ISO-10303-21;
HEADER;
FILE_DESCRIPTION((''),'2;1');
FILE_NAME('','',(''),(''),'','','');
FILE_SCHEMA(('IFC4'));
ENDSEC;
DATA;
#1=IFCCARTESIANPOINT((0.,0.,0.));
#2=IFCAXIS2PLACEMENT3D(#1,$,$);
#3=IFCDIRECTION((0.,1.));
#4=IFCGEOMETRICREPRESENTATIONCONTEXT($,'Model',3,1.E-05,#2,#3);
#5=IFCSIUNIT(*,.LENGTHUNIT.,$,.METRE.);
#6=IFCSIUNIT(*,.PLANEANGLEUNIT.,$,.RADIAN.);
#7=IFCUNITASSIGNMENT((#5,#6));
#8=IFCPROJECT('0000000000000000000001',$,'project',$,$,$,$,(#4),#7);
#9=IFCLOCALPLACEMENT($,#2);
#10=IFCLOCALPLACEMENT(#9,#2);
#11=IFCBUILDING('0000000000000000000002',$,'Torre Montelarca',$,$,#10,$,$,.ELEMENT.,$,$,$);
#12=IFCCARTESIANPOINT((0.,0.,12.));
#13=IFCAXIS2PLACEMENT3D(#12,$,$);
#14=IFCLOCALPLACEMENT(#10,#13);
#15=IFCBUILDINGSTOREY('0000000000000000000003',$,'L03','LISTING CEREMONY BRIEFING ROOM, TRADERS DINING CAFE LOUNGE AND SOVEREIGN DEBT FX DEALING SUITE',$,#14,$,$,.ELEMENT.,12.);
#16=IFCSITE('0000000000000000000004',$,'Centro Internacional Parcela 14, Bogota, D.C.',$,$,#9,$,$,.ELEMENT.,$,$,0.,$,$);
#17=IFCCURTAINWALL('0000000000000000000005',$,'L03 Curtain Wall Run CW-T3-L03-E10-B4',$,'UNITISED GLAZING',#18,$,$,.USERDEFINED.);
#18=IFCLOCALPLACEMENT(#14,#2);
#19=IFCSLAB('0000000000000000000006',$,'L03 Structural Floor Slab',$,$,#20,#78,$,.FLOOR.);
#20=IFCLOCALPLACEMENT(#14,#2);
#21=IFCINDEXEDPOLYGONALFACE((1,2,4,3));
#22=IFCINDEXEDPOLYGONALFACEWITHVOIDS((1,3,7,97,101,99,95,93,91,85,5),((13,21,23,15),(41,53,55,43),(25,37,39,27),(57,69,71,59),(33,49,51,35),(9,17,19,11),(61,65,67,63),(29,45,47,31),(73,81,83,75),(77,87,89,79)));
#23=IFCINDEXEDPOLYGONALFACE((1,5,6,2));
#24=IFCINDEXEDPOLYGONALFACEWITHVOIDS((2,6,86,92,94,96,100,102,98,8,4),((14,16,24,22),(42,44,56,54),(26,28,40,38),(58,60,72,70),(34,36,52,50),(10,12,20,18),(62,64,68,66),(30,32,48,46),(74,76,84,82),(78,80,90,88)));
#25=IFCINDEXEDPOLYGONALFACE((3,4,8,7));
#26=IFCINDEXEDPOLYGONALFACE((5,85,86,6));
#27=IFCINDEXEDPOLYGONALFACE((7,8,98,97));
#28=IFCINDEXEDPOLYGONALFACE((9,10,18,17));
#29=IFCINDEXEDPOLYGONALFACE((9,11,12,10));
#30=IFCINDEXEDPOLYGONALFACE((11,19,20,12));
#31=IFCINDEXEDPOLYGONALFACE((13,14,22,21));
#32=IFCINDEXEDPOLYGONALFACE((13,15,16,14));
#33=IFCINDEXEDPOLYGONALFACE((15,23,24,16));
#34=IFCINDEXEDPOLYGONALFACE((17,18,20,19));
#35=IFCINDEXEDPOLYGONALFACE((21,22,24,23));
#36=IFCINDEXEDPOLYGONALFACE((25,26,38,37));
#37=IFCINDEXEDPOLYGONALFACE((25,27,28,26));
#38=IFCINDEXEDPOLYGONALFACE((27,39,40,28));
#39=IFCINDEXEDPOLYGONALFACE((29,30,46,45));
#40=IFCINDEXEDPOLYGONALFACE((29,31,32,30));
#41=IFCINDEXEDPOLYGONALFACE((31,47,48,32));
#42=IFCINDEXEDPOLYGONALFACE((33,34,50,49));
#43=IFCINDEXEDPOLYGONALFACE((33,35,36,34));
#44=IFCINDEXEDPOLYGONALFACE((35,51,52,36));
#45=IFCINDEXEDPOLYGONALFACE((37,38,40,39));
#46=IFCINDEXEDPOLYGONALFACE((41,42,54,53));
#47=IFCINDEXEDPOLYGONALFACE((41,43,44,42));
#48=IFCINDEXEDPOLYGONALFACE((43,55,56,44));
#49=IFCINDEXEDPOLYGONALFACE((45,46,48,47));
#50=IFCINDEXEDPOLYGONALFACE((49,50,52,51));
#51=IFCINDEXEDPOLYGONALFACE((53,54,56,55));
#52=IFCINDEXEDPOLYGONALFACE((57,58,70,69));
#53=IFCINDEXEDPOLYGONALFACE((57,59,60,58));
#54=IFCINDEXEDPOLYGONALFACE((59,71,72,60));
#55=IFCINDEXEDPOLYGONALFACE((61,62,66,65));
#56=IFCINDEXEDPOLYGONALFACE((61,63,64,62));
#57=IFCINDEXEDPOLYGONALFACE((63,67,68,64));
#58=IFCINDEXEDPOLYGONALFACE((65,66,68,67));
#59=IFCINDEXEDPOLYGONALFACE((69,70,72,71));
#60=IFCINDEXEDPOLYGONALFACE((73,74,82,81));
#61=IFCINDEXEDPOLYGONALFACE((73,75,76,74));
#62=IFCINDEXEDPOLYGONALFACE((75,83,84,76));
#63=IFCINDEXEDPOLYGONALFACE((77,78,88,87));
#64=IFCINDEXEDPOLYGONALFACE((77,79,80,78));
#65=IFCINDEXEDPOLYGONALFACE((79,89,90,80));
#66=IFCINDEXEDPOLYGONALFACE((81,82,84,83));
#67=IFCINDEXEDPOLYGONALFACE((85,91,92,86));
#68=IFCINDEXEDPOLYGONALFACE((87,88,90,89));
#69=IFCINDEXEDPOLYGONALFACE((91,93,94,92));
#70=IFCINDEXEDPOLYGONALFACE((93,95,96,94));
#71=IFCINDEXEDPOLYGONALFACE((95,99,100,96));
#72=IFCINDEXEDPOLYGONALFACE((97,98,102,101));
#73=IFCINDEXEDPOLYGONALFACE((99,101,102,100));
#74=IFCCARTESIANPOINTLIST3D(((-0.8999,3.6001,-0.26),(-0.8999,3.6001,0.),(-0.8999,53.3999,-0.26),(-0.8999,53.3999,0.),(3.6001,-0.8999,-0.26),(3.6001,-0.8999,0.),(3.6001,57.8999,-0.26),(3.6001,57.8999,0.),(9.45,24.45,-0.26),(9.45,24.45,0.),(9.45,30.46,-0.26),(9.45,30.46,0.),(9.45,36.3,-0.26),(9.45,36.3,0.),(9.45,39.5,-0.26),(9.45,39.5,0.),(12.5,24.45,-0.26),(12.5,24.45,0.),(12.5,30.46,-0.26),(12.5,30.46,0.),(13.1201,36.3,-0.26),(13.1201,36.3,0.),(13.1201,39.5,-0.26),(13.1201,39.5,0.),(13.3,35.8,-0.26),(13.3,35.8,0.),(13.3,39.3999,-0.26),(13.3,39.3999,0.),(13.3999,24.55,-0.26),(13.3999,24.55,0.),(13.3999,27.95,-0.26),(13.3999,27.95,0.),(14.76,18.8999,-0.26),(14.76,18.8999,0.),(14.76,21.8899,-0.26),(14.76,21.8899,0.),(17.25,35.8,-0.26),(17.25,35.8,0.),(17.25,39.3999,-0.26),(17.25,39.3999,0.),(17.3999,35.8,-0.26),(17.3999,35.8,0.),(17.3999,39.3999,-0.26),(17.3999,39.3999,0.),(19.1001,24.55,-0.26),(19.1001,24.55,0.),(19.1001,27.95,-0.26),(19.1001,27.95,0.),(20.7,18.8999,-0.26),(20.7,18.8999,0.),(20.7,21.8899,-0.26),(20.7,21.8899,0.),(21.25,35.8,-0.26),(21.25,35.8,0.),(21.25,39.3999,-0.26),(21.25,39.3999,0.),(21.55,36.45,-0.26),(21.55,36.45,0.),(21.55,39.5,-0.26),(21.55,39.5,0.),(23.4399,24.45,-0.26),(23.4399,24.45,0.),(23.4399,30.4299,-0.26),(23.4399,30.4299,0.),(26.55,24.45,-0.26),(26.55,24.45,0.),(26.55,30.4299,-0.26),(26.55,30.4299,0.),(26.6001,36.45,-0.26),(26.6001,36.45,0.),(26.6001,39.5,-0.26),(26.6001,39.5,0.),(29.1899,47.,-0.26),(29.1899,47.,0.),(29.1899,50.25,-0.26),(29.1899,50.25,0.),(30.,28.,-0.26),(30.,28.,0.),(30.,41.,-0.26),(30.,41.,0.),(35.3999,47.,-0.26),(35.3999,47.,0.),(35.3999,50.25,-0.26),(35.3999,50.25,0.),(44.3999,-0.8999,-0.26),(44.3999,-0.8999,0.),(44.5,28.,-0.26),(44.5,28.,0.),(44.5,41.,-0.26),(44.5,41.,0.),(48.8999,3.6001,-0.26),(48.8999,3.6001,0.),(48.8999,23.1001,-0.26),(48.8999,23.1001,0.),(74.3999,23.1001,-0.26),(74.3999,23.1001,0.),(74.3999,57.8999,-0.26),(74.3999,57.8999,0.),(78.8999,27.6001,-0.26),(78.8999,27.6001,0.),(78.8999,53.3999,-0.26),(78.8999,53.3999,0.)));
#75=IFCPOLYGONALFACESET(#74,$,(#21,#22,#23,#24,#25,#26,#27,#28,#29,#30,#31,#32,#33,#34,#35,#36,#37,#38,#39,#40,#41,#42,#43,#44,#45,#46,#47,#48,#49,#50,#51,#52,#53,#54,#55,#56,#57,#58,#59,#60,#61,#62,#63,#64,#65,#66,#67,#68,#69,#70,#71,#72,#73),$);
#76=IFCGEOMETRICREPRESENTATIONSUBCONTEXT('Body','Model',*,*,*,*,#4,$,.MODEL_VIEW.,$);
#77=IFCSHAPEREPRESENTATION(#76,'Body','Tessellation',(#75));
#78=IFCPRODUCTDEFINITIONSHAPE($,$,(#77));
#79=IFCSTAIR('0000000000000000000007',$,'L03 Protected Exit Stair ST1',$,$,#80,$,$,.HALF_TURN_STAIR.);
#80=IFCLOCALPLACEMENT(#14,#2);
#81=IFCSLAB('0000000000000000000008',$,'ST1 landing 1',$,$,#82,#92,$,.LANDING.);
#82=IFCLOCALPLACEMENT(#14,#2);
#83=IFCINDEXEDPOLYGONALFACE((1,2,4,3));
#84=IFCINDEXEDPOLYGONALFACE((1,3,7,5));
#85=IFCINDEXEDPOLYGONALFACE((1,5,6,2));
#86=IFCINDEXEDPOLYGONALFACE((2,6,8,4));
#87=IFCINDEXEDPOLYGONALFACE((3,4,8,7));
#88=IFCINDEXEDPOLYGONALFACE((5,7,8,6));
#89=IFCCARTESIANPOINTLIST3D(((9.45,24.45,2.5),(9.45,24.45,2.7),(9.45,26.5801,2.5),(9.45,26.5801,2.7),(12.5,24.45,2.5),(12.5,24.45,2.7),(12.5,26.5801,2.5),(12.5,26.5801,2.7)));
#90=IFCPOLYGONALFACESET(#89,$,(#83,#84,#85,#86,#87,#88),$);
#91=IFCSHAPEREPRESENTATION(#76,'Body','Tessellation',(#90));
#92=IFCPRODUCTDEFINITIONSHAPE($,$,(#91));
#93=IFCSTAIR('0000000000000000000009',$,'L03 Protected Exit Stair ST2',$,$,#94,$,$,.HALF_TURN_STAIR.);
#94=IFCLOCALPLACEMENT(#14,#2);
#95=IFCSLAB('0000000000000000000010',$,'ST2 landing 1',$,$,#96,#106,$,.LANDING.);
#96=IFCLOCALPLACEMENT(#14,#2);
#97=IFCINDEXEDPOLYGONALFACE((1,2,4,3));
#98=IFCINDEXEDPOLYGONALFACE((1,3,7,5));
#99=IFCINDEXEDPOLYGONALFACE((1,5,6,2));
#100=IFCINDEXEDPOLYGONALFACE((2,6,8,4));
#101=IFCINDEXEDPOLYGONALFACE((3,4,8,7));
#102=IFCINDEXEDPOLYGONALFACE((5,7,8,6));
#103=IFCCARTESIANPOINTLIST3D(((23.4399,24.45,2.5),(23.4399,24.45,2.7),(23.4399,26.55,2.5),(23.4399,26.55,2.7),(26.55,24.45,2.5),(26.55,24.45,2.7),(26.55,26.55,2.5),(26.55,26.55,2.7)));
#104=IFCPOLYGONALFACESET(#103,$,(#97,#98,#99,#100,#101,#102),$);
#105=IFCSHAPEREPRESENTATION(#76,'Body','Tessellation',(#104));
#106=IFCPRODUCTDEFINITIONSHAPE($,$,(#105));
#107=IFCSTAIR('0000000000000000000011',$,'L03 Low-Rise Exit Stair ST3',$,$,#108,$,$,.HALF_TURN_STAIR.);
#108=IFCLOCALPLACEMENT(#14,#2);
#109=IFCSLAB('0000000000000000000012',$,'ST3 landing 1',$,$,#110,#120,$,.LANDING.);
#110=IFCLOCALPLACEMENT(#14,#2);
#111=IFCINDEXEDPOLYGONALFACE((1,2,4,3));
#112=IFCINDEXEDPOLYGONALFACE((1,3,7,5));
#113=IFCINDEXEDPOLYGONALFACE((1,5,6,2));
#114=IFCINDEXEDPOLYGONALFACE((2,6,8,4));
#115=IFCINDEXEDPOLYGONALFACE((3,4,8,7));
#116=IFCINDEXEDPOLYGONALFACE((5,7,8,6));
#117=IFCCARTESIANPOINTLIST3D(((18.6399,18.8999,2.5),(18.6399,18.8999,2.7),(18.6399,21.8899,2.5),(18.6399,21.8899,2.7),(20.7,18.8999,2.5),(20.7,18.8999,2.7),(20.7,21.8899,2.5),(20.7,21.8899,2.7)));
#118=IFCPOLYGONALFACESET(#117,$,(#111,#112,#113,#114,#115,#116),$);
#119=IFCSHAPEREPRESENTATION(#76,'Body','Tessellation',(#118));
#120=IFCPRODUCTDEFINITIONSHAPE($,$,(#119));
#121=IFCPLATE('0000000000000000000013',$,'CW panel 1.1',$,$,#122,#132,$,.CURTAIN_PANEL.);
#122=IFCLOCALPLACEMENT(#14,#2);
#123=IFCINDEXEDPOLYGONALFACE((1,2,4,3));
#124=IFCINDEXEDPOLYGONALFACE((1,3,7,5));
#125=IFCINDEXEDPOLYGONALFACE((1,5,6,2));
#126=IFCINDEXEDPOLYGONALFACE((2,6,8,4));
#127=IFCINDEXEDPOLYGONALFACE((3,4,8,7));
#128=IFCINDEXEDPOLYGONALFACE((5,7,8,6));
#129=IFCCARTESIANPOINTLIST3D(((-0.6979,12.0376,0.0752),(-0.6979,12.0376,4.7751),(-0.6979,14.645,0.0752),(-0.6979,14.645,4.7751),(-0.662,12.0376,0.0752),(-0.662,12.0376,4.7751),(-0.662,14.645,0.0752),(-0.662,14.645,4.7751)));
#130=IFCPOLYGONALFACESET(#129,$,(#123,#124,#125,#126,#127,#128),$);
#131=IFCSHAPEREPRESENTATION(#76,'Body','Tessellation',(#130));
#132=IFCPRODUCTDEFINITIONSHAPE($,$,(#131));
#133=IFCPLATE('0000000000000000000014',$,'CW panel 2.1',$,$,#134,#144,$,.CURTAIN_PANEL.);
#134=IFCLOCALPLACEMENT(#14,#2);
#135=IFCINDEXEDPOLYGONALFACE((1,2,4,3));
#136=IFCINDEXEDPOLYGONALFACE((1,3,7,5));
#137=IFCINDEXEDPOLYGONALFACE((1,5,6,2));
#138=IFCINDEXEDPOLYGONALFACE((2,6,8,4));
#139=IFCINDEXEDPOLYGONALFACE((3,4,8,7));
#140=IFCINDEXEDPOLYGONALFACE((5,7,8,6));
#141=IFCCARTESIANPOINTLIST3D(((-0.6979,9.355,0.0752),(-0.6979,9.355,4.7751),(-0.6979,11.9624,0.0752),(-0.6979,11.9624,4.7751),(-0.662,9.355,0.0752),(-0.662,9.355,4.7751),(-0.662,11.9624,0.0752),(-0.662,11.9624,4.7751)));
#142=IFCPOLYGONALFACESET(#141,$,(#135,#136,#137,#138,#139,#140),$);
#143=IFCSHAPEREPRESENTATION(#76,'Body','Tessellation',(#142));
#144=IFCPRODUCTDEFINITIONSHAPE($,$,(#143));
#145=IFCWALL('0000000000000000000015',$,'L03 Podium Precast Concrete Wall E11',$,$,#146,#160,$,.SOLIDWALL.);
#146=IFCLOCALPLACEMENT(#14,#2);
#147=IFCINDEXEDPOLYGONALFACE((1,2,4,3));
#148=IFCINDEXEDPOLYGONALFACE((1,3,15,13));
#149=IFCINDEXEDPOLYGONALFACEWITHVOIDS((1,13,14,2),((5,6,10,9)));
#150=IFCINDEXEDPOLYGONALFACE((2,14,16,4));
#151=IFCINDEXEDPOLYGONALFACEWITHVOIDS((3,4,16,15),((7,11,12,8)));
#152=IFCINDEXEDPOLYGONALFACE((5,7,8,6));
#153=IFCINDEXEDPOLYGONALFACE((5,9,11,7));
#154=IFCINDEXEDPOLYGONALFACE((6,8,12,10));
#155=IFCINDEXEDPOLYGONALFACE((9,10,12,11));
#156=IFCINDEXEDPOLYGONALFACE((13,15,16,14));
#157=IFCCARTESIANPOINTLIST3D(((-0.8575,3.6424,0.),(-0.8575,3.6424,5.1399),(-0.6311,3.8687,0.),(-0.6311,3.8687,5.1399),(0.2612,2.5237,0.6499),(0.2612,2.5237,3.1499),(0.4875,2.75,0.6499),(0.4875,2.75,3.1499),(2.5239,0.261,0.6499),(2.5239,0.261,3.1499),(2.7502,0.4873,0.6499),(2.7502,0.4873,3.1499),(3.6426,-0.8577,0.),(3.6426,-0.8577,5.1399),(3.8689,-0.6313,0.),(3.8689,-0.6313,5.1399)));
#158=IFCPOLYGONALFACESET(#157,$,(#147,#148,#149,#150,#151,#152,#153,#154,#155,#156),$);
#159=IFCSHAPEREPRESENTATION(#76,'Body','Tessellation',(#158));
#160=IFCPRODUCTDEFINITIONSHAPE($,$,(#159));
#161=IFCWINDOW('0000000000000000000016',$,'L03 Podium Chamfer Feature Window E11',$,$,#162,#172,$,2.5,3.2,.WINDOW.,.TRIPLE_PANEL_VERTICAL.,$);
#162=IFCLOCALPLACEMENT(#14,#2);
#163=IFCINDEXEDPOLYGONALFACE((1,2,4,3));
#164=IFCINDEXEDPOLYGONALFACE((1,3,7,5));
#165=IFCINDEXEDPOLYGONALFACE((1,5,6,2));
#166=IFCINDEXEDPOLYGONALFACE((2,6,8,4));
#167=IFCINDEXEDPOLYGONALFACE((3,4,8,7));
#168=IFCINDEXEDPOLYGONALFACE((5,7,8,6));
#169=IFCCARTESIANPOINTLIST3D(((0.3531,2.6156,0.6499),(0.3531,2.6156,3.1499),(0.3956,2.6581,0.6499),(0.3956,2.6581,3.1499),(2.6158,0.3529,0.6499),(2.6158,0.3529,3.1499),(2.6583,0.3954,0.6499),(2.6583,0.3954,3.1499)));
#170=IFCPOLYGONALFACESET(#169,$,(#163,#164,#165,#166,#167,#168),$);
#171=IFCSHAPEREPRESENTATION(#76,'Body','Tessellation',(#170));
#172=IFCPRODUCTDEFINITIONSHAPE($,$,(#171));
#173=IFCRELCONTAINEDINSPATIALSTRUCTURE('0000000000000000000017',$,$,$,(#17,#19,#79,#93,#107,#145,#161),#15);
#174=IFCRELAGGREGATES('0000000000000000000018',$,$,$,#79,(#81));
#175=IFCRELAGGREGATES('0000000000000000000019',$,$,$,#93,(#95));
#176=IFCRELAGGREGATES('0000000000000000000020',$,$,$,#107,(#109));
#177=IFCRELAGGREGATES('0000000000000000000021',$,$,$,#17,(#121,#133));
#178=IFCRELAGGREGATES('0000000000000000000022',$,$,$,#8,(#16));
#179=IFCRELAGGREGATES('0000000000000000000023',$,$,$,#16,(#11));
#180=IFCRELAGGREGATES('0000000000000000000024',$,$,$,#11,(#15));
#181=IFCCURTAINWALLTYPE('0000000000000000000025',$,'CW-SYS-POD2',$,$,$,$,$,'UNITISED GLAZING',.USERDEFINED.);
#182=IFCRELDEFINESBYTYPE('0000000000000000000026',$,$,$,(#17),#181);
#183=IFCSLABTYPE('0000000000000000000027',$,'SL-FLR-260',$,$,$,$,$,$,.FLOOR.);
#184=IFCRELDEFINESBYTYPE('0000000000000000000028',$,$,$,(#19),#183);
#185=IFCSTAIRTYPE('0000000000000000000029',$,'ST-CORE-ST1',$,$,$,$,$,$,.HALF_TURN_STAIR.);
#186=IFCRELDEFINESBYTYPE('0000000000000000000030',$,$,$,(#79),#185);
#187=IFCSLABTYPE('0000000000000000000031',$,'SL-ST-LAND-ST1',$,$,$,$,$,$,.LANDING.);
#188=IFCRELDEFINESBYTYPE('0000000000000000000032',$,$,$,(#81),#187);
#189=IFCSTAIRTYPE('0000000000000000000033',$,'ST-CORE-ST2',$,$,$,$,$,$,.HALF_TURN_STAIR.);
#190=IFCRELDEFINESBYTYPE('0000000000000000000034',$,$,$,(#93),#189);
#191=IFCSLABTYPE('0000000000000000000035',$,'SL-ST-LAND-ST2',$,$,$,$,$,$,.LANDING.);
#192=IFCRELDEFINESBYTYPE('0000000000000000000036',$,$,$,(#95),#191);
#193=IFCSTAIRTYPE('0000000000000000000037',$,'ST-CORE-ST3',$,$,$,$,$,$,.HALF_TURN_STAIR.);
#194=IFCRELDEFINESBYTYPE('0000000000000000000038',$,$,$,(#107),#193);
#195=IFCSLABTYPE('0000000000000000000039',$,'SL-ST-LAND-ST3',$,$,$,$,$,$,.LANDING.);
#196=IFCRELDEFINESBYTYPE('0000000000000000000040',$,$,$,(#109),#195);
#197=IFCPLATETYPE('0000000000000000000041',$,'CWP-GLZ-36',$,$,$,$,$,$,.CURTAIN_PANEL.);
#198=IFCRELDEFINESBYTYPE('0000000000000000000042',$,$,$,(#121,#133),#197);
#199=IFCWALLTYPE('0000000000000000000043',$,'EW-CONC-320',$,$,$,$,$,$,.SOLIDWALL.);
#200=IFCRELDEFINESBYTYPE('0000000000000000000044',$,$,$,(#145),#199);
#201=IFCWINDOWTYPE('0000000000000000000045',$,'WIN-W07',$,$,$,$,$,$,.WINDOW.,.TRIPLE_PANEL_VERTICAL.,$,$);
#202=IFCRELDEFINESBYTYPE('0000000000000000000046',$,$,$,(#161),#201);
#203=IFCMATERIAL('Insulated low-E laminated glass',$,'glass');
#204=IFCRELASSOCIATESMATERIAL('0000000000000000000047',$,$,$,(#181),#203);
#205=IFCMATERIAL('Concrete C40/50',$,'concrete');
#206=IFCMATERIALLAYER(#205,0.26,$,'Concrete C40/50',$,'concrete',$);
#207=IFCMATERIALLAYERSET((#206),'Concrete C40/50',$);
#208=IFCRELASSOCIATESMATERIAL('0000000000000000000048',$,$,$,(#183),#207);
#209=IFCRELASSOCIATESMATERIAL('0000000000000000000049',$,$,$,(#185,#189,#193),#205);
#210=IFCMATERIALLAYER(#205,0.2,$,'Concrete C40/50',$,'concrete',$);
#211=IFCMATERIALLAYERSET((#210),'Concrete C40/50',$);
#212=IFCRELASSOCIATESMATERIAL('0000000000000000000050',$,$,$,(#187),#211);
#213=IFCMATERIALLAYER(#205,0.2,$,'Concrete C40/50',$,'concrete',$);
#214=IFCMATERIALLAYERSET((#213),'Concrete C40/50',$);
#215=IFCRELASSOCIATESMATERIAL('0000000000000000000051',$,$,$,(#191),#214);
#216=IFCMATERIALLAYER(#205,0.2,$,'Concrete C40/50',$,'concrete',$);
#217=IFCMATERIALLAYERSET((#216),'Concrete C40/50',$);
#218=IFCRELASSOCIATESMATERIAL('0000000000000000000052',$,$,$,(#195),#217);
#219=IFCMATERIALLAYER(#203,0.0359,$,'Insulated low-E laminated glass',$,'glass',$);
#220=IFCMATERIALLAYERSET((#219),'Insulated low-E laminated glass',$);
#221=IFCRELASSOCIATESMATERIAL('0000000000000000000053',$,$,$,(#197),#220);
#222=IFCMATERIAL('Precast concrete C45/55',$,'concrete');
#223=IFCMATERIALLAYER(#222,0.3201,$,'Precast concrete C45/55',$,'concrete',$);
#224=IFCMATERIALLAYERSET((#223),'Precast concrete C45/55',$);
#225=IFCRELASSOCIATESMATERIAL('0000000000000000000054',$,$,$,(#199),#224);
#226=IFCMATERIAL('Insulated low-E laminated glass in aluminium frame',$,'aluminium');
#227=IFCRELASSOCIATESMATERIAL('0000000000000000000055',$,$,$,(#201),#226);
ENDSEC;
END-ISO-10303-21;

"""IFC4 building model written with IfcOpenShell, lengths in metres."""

from ifc_helpers import new_model, si_unit, direction, frame, frame_2d, origin, origin_2d, place, context, subcontext, project, spatial, polyline, rectangle, outline, extrude, source, transform, mapped, material, layer, layer_set, type_object, element, fill, aggregate, save


model = new_model("IFC4")

# Units and contexts
model_context = context("Model", 3, precision=1e-05, world=origin(), true_north=direction((0.0, 1.0)))
body_context = subcontext(model_context, "Body", "Model", "MODEL_VIEW")
ifc_project = project(units=[si_unit("LENGTHUNIT", "METRE"), si_unit("PLANEANGLEUNIT", "RADIAN")], contexts=[model_context])

# Site, building, storey
site_placement = place(None, origin())
site = spatial("IfcSite", under=ifc_project, at=site_placement, Name="Centro Internacional Parcela 14, Bogota, D.C.", CompositionType="ELEMENT", RefElevation=0.0)
building_placement = place(site_placement, origin())
building = spatial("IfcBuilding", under=site, at=building_placement, Name="Torre Montelarca", CompositionType="ELEMENT")
storey_placement = place(building_placement, frame((0.0, 0.0, 12.0)))
storey = spatial("IfcBuildingStorey", under=building, at=storey_placement, Name="L03", Description="LISTING CEREMONY BRIEFING ROOM, TRADERS DINING CAFE LOUNGE AND SOVEREIGN DEBT FX DEALING SUITE", CompositionType="ELEMENT", Elevation=12.0)

# Curtain wall
ifc_material_1 = material(Name="Insulated low-E laminated glass", Category="glass")
curtain_wall_type = type_object("IfcCurtainWallType", Name="CW-SYS-POD2", ElementType="UNITISED GLAZING", PredefinedType="USERDEFINED", material=ifc_material_1)
curtain_wall_placement = place(storey_placement, origin())
curtain_wall = element("IfcCurtainWall", 1, at=curtain_wall_placement, inside=storey, type_object=curtain_wall_type, Name="L03 Curtain Wall Run CW-T3-L03-E10-B4", ObjectType="UNITISED GLAZING", PredefinedType="USERDEFINED")

# Slab
ifc_material_2 = material(Name="Concrete C40/50", Category="concrete")
ifc_layer_1 = layer(ifc_material_2, 0.26, Name="Concrete C40/50", Category="concrete")
ifc_layer_set_1 = layer_set([ifc_layer_1], Name="Concrete C40/50")
slab_type_1 = type_object("IfcSlabType", Name="SL-FLR-260", PredefinedType="FLOOR", material=ifc_layer_set_1)
slab_1_placement = place(storey_placement, frame((0.0, 0.0, -0.26)))
element("IfcSlab", 2, at=slab_1_placement, inside=storey, type_object=slab_type_1, Name="L03 Structural Floor Slab", PredefinedType="FLOOR", context=body_context, shape_type="SweptSolid", body=[
    extrude(outline(polyline([(44.3999, -0.8999), (48.8999, 3.6001), (48.8999, 23.1001), (74.3999, 23.1001), (78.8999, 27.6001), (78.8999, 53.3999), (74.3999, 57.8999), (3.6001, 57.8999), (-0.8999, 53.3999), (-0.8999, 3.6001), (3.6001, -0.8999), (44.3999, -0.8999)]), holes=[polyline([(20.7, 18.8999), (14.76, 18.8999), (14.76, 21.8899), (20.7, 21.8899), (20.7, 18.8999)]), polyline([(19.1001, 24.55), (13.3999, 24.55), (13.3999, 27.95), (19.1001, 27.95), (19.1001, 24.55)]), polyline([(23.4399, 24.45), (23.4399, 30.4299), (26.55, 30.4299), (26.55, 24.45), (23.4399, 24.45)]), polyline([(9.45, 30.46), (12.5, 30.46), (12.5, 24.45), (9.45, 24.45), (9.45, 30.46)]), polyline([(30.0, 28.0), (30.0, 41.0), (44.5, 41.0), (44.5, 28.0), (30.0, 28.0)]), polyline([(17.25, 35.8), (13.3, 35.8), (13.3, 39.3999), (17.25, 39.3999), (17.25, 35.8)]), polyline([(21.25, 35.8), (17.3999, 35.8), (17.3999, 39.3999), (21.25, 39.3999), (21.25, 35.8)]), polyline([(13.1201, 36.3), (9.45, 36.3), (9.45, 39.5), (13.1201, 39.5), (13.1201, 36.3)]), polyline([(21.55, 36.45), (21.55, 39.5), (26.6001, 39.5), (26.6001, 36.45), (21.55, 36.45)]), polyline([(29.1899, 47.0), (29.1899, 50.25), (35.3999, 50.25), (35.3999, 47.0), (29.1899, 47.0)])]), origin(), (0.0, 0.0, 1.0), 0.26),
])

# Stairs, slabs
stair_type_1 = type_object("IfcStairType", Name="ST-CORE-ST1", PredefinedType="HALF_TURN_STAIR", material=ifc_material_2)
stair_1_placement = place(storey_placement, origin())
stair_1 = element("IfcStair", 3, at=stair_1_placement, inside=storey, type_object=stair_type_1, Name="L03 Protected Exit Stair ST1", PredefinedType="HALF_TURN_STAIR")
ifc_layer_2 = layer(ifc_material_2, 0.2, Name="Concrete C40/50", Category="concrete")
ifc_layer_set_2 = layer_set([ifc_layer_2], Name="Concrete C40/50")
slab_type_2 = type_object("IfcSlabType", Name="SL-ST-LAND-ST1", PredefinedType="LANDING", material=ifc_layer_set_2)
slab_2_placement = place(storey_placement, frame((0.0, 0.0, 2.5)))
slab_2 = element("IfcSlab", 4, at=slab_2_placement, type_object=slab_type_2, Name="ST1 landing 1", PredefinedType="LANDING", context=body_context, shape_type="SweptSolid", body=[
    extrude(outline(polyline([(9.45, 26.5801), (9.45, 24.45), (12.5, 24.45), (12.5, 26.5801), (9.45, 26.5801)])), origin(), (0.0, 0.0, 1.0), 0.2),
])
aggregate(stair_1, [slab_2])
stair_type_2 = type_object("IfcStairType", Name="ST-CORE-ST2", PredefinedType="HALF_TURN_STAIR", material=ifc_material_2)
stair_2_placement = place(storey_placement, origin())
stair_2 = element("IfcStair", 5, at=stair_2_placement, inside=storey, type_object=stair_type_2, Name="L03 Protected Exit Stair ST2", PredefinedType="HALF_TURN_STAIR")
ifc_layer_3 = layer(ifc_material_2, 0.2, Name="Concrete C40/50", Category="concrete")
ifc_layer_set_3 = layer_set([ifc_layer_3], Name="Concrete C40/50")
slab_type_3 = type_object("IfcSlabType", Name="SL-ST-LAND-ST2", PredefinedType="LANDING", material=ifc_layer_set_3)
slab_3_placement = place(storey_placement, frame((0.0, 0.0, 2.5)))
slab_3 = element("IfcSlab", 6, at=slab_3_placement, type_object=slab_type_3, Name="ST2 landing 1", PredefinedType="LANDING", context=body_context, shape_type="SweptSolid", body=[
    extrude(outline(polyline([(23.4399, 26.55), (23.4399, 24.45), (26.55, 24.45), (26.55, 26.55), (23.4399, 26.55)])), origin(), (0.0, 0.0, 1.0), 0.2),
])
aggregate(stair_2, [slab_3])
stair_type_3 = type_object("IfcStairType", Name="ST-CORE-ST3", PredefinedType="HALF_TURN_STAIR", material=ifc_material_2)
stair_3_placement = place(storey_placement, origin())
stair_3 = element("IfcStair", 7, at=stair_3_placement, inside=storey, type_object=stair_type_3, Name="L03 Low-Rise Exit Stair ST3", PredefinedType="HALF_TURN_STAIR")
ifc_layer_4 = layer(ifc_material_2, 0.2, Name="Concrete C40/50", Category="concrete")
ifc_layer_set_4 = layer_set([ifc_layer_4], Name="Concrete C40/50")
slab_type_4 = type_object("IfcSlabType", Name="SL-ST-LAND-ST3", PredefinedType="LANDING", material=ifc_layer_set_4)
slab_4_placement = place(storey_placement, frame((0.0, 0.0, 2.5)))
slab_4 = element("IfcSlab", 8, at=slab_4_placement, type_object=slab_type_4, Name="ST3 landing 1", PredefinedType="LANDING", context=body_context, shape_type="SweptSolid", body=[
    extrude(outline(polyline([(18.6399, 18.8999), (20.7, 18.8999), (20.7, 21.8899), (18.6399, 21.8899), (18.6399, 18.8999)])), origin(), (0.0, 0.0, 1.0), 0.2),
])
aggregate(stair_3, [slab_4])

# Plates
ifc_layer_5 = layer(ifc_material_1, 0.0359, Name="Insulated low-E laminated glass", Category="glass")
ifc_layer_set_5 = layer_set([ifc_layer_5], Name="Insulated low-E laminated glass")
plate_type = type_object("IfcPlateType", Name="CWP-GLZ-36", PredefinedType="CURTAIN_PANEL", material=ifc_layer_set_5)
shared_shape_1 = source(origin(), body_context, "Body", "SweptSolid", [
    extrude(rectangle(XDim=2.6074, YDim=0.0359, at=origin_2d()), origin(), (0.0, 0.0, 1.0), 4.7),
])
plate_1_placement = place(storey_placement, frame((-0.6799, 13.3413, 0.0752), z_axis=(0.0, 0.0, 1.0), x_axis=(0.0, -1.0, 0.0)))
plate_1 = element("IfcPlate", 9, at=plate_1_placement, type_object=plate_type, Name="CW panel 1.1", PredefinedType="CURTAIN_PANEL", context=body_context, shape_type="MappedRepresentation", body=[
    mapped(shared_shape_1, transform((0.0, 0.0, 0.0), scale=1.0)),
])
plate_2_placement = place(storey_placement, frame((-0.6799, 10.6587, 0.0752), z_axis=(0.0, 0.0, 1.0), x_axis=(0.0, -1.0, 0.0)))
plate_2 = element("IfcPlate", 10, at=plate_2_placement, type_object=plate_type, Name="CW panel 2.1", PredefinedType="CURTAIN_PANEL", context=body_context, shape_type="MappedRepresentation", body=[
    mapped(shared_shape_1, transform((0.0, 0.0, 0.0), scale=1.0)),
])
aggregate(curtain_wall, [plate_1, plate_2])

# Wall, opening, window
ifc_material_3 = material(Name="Precast concrete C45/55", Category="concrete")
ifc_layer_6 = layer(ifc_material_3, 0.3201, Name="Precast concrete C45/55", Category="concrete")
ifc_layer_set_6 = layer_set([ifc_layer_6], Name="Precast concrete C45/55")
wall_type = type_object("IfcWallType", Name="EW-CONC-320", PredefinedType="SOLIDWALL", material=ifc_layer_set_6)
wall_placement = place(storey_placement, frame((-0.7444, 3.7556, 0.0), z_axis=(0.0, 0.0, 1.0), x_axis=(0.707107, -0.707107, 0.0)))
wall = element("IfcWall", 11, at=wall_placement, inside=storey, type_object=wall_type, Name="L03 Podium Precast Concrete Wall E11", PredefinedType="SOLIDWALL", context=body_context, shape_type="SweptSolid", body=[
    extrude(rectangle(XDim=6.364, YDim=0.3201, at=frame_2d((3.1821, 0.0))), origin(), (0.0, 0.0, 1.0), 5.1399),
])
opening_placement = place(wall_placement, frame((1.582, 0.0, 0.6499)))
opening = element("IfcOpeningElement", 12, at=opening_placement, cuts=wall, PredefinedType="OPENING", context=body_context, shape_type="SweptSolid", body=[
    extrude(rectangle(XDim=3.2, YDim=2.5, at=frame_2d((1.6001, 1.25))), frame((0.0, 0.1699, 0.0), z_axis=(0.0, -1.0, 0.0), x_axis=(1.0, 0.0, 0.0)), (0.0, 0.0, 1.0), 0.3401),
])
ifc_material_4 = material(Name="Insulated low-E laminated glass in aluminium frame", Category="aluminium")
window_type = type_object("IfcWindowType", Name="WIN-W07", PartitioningType="TRIPLE_PANEL_VERTICAL", PredefinedType="WINDOW", material=ifc_material_4)
shared_shape_2 = source(origin(), body_context, "Body", "SweptSolid", [
    extrude(rectangle(XDim=3.2, YDim=2.5, at=frame_2d((1.6001, 1.25))), frame((0.0, 0.03, 0.0), z_axis=(0.0, -1.0, 0.0), x_axis=(1.0, 0.0, 0.0)), (0.0, 0.0, 1.0), 0.0601),
])
window_placement = place(opening_placement, origin())
window = element("IfcWindow", 13, at=window_placement, inside=storey, type_object=window_type, Name="L03 Podium Chamfer Feature Window E11", OverallHeight=2.5, OverallWidth=3.2, PartitioningType="TRIPLE_PANEL_VERTICAL", PredefinedType="WINDOW", context=body_context, shape_type="MappedRepresentation", body=[
    mapped(shared_shape_2, transform((0.0, 0.0, 0.0), scale=1.0)),
])
fill(opening, window)

save(model, "model.ifc")
